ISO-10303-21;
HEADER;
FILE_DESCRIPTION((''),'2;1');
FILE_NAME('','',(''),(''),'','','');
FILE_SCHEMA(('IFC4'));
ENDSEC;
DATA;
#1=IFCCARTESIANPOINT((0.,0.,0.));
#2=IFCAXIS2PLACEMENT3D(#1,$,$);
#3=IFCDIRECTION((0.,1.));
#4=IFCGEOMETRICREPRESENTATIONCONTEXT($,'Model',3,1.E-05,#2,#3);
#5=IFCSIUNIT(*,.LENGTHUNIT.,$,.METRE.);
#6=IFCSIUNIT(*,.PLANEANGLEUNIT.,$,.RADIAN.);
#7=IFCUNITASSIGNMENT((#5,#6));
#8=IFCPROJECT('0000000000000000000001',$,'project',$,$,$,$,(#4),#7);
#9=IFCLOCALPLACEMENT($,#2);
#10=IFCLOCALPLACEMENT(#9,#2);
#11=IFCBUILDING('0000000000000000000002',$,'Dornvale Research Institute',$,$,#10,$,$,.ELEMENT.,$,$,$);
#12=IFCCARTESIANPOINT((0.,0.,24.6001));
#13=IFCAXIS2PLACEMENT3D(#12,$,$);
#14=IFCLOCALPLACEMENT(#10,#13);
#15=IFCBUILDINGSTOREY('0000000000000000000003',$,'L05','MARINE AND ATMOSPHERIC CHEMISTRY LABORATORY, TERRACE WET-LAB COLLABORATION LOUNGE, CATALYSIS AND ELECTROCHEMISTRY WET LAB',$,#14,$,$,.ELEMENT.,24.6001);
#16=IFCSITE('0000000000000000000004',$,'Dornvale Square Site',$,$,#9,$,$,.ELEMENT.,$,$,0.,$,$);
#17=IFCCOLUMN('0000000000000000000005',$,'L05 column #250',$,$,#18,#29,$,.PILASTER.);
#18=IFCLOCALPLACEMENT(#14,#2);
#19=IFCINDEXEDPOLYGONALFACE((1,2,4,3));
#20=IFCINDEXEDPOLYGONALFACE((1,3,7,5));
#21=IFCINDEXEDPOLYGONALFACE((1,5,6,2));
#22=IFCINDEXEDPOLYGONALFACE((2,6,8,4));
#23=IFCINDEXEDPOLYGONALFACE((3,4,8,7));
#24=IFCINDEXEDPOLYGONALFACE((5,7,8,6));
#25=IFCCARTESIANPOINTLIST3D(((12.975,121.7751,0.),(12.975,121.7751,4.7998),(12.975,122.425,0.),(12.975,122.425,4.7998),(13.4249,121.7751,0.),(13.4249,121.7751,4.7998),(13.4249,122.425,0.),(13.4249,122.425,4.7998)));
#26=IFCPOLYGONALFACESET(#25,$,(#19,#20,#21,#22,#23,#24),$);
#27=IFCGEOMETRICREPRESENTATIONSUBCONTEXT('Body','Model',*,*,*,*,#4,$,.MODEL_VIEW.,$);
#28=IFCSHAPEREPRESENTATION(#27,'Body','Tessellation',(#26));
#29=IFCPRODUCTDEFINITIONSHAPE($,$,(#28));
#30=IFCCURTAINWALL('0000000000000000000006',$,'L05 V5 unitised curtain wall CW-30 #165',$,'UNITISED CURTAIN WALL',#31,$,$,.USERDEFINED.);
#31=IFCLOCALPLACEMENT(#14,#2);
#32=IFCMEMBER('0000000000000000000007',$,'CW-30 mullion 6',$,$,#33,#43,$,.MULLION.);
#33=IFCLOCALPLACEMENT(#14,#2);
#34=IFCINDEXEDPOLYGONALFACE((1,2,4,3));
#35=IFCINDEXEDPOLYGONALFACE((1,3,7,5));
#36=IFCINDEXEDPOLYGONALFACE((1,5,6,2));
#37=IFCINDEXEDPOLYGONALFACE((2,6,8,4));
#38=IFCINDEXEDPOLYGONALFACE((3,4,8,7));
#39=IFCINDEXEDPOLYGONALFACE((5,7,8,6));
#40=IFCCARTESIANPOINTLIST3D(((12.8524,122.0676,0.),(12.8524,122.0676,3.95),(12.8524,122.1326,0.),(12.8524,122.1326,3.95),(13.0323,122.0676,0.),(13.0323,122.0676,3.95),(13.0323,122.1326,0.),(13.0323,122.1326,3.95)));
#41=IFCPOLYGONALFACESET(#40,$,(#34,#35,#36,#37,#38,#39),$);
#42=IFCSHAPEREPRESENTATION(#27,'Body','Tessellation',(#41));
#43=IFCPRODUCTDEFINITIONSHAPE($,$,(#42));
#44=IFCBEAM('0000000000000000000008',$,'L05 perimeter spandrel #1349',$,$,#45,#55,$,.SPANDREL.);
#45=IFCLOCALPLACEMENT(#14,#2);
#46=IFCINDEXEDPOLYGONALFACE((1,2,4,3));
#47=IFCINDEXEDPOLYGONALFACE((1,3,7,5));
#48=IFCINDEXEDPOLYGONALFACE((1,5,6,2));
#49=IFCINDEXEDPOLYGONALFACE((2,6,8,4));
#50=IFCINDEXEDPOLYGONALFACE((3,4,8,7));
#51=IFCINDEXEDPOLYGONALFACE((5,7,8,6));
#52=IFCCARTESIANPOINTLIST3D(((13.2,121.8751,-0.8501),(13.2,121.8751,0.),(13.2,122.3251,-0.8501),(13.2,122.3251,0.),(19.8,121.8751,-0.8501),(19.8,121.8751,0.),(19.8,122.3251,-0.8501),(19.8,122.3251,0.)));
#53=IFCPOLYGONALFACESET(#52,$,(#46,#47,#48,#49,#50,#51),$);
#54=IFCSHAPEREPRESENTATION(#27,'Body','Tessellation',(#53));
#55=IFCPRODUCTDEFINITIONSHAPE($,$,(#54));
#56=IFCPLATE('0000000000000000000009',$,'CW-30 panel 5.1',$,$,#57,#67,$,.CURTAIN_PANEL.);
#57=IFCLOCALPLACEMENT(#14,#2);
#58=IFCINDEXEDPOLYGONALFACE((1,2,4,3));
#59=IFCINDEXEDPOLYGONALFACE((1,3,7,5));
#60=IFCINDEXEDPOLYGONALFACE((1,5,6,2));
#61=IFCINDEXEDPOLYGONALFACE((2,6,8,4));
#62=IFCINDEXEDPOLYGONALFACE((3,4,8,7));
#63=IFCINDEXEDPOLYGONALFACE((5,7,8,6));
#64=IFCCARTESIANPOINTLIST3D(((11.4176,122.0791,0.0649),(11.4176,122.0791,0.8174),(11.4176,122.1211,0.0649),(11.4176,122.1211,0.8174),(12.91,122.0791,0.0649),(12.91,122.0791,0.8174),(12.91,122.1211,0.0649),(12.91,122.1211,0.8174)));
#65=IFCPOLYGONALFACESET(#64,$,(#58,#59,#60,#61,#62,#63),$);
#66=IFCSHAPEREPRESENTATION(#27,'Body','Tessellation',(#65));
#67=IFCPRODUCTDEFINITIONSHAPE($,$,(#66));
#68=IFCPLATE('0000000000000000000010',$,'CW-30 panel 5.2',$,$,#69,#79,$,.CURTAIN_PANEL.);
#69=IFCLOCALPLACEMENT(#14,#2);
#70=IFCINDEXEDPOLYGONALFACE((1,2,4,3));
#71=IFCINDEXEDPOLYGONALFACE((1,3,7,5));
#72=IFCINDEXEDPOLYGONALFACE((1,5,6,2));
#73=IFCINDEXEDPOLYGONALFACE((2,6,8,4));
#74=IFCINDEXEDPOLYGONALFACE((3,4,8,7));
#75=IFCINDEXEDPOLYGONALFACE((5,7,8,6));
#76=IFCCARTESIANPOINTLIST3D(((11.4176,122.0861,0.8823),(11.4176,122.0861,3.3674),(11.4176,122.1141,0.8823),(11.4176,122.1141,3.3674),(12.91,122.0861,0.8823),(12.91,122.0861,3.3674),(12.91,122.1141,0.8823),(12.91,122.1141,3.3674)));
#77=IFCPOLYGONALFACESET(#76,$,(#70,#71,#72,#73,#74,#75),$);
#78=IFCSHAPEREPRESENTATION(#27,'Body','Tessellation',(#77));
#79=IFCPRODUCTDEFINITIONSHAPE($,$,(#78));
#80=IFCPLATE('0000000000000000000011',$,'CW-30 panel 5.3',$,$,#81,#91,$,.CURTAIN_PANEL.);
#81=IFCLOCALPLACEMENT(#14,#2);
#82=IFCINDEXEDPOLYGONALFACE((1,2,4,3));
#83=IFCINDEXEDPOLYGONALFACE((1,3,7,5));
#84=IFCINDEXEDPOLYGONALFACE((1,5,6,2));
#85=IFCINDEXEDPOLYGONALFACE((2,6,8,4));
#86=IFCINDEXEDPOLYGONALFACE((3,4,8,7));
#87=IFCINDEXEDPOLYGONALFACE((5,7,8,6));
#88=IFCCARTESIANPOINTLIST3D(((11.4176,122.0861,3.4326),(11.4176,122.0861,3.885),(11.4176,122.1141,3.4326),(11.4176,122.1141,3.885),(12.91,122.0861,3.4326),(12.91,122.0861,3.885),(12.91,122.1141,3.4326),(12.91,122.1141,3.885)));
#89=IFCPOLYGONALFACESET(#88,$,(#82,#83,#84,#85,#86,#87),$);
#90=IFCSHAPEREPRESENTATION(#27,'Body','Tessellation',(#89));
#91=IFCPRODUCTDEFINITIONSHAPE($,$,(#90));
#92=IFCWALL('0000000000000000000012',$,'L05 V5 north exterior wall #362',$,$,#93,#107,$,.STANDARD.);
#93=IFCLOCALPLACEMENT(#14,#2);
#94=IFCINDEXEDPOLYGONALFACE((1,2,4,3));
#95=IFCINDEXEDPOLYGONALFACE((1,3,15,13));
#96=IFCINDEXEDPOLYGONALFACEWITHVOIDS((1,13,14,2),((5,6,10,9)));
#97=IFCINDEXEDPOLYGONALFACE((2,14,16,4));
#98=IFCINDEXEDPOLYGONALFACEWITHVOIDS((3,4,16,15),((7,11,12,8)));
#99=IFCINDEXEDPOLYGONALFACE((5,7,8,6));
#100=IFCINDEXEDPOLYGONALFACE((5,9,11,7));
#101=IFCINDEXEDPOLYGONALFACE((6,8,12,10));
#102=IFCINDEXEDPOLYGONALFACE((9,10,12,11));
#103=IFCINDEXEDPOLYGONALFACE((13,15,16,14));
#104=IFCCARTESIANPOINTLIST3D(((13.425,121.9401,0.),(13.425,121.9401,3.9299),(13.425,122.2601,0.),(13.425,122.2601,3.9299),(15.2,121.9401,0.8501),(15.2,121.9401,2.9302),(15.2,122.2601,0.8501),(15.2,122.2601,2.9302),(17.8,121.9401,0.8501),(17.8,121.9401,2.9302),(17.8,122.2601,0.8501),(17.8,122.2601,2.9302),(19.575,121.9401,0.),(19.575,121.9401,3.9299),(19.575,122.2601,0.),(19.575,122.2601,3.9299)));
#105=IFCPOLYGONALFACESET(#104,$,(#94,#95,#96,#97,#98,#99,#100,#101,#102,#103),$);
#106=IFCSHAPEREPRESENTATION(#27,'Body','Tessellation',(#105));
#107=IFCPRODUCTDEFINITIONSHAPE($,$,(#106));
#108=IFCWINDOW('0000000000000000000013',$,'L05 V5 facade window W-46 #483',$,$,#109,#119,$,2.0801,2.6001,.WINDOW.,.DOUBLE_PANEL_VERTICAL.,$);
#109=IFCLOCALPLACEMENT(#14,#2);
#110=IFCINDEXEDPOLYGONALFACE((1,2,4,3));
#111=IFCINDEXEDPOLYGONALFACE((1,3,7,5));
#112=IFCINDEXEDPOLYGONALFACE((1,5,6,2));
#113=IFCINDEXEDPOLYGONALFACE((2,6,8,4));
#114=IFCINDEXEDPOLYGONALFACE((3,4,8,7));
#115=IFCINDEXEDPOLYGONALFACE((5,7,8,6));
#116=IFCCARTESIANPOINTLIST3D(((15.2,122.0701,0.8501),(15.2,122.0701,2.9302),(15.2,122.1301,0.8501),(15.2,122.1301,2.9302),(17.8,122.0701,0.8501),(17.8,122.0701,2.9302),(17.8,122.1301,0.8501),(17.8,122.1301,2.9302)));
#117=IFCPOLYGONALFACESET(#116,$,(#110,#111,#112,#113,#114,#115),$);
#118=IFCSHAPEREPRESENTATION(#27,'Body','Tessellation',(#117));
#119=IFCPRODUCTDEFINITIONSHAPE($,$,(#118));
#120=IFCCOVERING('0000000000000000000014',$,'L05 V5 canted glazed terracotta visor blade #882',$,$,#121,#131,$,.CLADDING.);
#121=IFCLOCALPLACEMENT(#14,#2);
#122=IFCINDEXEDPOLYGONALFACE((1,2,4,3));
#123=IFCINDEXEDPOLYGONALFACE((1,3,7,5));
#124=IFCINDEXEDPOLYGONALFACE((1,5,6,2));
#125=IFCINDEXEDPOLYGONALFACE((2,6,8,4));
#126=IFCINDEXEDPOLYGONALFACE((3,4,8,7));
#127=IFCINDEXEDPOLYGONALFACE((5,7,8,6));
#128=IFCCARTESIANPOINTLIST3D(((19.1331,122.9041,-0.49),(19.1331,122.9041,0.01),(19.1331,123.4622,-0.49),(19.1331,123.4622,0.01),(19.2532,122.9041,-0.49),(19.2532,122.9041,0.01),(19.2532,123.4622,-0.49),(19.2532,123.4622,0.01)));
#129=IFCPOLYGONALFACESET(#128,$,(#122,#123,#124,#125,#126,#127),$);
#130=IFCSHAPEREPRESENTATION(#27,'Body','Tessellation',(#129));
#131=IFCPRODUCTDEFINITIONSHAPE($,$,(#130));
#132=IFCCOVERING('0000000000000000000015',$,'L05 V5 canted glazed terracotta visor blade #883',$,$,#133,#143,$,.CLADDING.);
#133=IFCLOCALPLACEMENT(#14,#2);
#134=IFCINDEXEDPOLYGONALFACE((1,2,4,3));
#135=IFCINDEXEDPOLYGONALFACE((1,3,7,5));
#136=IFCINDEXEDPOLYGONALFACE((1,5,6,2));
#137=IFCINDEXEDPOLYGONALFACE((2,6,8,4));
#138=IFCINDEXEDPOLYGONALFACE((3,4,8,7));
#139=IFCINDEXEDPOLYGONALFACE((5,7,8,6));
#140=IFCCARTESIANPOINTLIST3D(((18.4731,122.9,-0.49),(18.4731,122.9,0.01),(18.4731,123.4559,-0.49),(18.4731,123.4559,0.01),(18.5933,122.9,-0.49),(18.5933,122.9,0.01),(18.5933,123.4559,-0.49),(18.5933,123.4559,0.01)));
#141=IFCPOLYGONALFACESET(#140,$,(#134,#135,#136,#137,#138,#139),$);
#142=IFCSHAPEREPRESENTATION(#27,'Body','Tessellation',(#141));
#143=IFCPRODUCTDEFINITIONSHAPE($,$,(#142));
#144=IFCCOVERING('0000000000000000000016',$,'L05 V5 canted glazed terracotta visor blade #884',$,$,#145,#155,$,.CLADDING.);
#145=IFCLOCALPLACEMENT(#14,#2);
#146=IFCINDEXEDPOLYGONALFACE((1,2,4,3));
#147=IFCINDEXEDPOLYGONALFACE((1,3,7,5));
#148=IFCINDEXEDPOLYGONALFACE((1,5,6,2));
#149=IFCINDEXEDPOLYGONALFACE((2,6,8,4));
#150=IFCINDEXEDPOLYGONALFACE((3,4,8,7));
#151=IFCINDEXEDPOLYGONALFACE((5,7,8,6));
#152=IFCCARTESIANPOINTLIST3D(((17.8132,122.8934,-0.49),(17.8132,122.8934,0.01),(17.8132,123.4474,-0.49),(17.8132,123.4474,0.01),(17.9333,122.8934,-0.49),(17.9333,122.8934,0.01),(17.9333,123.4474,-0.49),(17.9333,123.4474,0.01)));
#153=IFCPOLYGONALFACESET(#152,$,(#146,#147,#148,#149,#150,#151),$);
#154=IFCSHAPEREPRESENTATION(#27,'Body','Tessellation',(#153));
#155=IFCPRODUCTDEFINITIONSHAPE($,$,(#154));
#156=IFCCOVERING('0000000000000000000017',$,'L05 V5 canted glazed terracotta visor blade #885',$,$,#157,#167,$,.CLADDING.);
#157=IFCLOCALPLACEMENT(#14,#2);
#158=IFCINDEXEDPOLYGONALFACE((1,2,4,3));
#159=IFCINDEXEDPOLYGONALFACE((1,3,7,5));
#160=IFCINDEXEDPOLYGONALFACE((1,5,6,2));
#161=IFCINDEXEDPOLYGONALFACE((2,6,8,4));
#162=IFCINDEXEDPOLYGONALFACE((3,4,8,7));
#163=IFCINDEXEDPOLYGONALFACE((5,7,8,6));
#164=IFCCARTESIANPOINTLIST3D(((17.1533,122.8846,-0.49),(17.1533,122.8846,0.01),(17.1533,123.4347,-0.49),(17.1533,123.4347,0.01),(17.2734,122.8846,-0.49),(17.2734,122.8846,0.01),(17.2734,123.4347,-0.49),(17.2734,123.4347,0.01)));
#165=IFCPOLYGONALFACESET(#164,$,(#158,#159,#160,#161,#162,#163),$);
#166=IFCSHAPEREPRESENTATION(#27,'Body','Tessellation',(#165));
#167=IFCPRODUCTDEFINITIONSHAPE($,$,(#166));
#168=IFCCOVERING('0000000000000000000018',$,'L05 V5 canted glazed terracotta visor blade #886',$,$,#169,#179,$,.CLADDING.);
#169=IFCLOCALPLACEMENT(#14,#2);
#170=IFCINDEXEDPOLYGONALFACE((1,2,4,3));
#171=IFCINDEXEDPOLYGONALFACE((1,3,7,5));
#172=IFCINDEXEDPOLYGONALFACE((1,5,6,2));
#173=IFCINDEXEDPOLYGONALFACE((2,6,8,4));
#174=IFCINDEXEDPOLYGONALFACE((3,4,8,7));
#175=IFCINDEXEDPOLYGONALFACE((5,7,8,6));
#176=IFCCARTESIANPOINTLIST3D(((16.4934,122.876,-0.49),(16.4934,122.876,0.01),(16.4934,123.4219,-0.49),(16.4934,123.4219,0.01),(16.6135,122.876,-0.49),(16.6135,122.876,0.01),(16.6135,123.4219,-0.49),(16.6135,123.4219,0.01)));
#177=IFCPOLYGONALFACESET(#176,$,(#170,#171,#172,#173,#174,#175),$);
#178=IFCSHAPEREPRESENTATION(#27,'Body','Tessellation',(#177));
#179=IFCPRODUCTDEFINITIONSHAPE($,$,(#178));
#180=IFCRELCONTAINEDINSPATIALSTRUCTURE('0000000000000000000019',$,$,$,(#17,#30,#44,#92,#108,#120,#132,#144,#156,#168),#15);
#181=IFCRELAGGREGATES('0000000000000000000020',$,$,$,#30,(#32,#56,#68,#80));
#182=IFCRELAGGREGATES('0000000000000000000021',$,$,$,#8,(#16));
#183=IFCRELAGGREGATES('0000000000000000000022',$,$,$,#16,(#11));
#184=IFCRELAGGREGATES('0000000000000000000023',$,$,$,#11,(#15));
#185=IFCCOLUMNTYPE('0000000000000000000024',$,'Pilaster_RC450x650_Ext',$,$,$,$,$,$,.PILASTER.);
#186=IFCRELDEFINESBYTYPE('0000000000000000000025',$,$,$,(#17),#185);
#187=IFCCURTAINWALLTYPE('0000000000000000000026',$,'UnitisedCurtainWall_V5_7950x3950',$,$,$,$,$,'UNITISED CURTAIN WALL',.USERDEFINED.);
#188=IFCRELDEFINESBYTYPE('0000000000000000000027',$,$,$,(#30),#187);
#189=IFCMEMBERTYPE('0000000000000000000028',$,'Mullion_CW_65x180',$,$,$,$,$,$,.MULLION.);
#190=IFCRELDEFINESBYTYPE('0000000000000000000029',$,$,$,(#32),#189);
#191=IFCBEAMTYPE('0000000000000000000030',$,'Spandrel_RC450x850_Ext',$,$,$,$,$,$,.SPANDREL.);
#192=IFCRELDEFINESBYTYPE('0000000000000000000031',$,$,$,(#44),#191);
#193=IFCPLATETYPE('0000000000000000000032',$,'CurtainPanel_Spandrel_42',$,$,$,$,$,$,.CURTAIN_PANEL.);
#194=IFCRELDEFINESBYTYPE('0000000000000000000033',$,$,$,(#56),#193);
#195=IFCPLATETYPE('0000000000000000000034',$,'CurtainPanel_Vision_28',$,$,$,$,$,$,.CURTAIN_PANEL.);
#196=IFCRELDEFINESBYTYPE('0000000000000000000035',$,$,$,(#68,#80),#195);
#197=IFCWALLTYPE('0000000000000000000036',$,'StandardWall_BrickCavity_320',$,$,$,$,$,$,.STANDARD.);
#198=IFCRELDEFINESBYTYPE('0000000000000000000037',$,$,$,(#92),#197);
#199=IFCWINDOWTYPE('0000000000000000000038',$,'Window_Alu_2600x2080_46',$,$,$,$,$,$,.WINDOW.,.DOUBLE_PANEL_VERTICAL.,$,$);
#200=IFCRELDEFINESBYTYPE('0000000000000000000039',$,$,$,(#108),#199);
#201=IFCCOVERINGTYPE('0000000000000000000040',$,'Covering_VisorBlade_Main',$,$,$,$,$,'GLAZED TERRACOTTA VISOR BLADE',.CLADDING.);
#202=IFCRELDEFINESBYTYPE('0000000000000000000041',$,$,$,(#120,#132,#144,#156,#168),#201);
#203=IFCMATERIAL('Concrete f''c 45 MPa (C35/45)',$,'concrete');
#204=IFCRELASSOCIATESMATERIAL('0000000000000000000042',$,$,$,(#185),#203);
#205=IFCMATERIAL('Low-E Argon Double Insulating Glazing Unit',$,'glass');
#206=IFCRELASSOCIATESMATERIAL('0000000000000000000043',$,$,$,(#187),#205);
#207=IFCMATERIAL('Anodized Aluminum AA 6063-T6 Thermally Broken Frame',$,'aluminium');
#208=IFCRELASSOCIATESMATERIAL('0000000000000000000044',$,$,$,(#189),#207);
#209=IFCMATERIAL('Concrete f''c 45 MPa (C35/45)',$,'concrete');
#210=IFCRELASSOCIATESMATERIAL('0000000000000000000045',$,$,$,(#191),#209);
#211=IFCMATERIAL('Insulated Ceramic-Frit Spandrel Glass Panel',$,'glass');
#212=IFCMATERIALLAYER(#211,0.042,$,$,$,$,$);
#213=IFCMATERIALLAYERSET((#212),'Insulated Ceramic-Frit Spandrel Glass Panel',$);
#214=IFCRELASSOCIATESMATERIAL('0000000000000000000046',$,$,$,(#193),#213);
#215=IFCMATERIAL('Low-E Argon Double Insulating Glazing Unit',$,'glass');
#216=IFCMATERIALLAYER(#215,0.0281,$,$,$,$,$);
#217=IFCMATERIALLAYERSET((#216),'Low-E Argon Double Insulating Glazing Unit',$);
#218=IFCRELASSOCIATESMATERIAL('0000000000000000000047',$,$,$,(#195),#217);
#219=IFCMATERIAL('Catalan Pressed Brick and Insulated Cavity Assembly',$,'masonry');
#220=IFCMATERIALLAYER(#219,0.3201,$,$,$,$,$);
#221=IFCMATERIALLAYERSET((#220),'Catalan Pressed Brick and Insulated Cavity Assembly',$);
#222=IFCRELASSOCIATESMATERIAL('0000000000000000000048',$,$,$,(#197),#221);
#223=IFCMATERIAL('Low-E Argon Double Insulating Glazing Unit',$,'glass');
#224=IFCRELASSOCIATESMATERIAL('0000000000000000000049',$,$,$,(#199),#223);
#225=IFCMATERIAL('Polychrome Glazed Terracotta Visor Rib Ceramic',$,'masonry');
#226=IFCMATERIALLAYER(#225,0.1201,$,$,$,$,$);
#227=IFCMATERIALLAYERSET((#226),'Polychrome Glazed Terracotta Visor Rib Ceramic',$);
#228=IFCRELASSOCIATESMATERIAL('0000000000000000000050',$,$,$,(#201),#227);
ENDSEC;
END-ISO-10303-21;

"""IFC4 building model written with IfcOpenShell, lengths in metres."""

from ifc_helpers import new_model, si_unit, direction, frame, frame_2d, origin, origin_2d, place, context, subcontext, project, spatial, rectangle, extrude, material, layer, layer_set, material_profile, profile_set, type_object, element, fill, aggregate, save


model = new_model("IFC4")

# Units and contexts
model_context = context("Model", 3, precision=1e-05, world=origin(), true_north=direction((0.0, 1.0)))
body_context = subcontext(model_context, "Body", "Model", "MODEL_VIEW")
ifc_project = project(units=[si_unit("LENGTHUNIT", "METRE"), si_unit("PLANEANGLEUNIT", "RADIAN")], contexts=[model_context])

# Site, building, storey
site_placement = place(None, origin())
site = spatial("IfcSite", under=ifc_project, at=site_placement, Name="Dornvale Square Site", CompositionType="ELEMENT", RefElevation=0.0)
building_placement = place(site_placement, origin())
building = spatial("IfcBuilding", under=site, at=building_placement, Name="Dornvale Research Institute", CompositionType="ELEMENT")
storey_placement = place(building_placement, frame((0.0, 0.0, 24.6001)))
storey = spatial("IfcBuildingStorey", under=building, at=storey_placement, Name="L05", Description="MARINE AND ATMOSPHERIC CHEMISTRY LABORATORY, TERRACE WET-LAB COLLABORATION LOUNGE, CATALYSIS AND ELECTROCHEMISTRY WET LAB", CompositionType="ELEMENT", Elevation=24.6001)

# Column
ifc_material_1 = material(Name="Concrete f'c 45 MPa (C35/45)", Category="concrete")
ifc_material_profile_1 = material_profile(ifc_material_1, rectangle(XDim=0.45, YDim=0.6499, at=origin_2d()), Name="RC 450x650")
ifc_profile_set_1 = profile_set([ifc_material_profile_1], Name="Concrete f'c 45 MPa (C35/45)")
column_type = type_object("IfcColumnType", Name="Pilaster_RC450x650_Ext", PredefinedType="PILASTER", material=ifc_profile_set_1)
column_placement = place(storey_placement, frame((13.2, 122.1001, 0.0), z_axis=(0.0, 0.0, 1.0), x_axis=(1.0, 0.0, 0.0)))
element("IfcColumn", 1, at=column_placement, inside=storey, type_object=column_type, Name="L05 column #250", PredefinedType="PILASTER", context=body_context, shape_type="SweptSolid", body=[
    extrude(rectangle(XDim=0.45, YDim=0.6499, at=origin_2d()), origin(), (0.0, 0.0, 1.0), 4.7998),
])

# Curtain wall, member
ifc_material_2 = material(Name="Low-E Argon Double Insulating Glazing Unit", Category="glass")
curtain_wall_type = type_object("IfcCurtainWallType", Name="UnitisedCurtainWall_V5_7950x3950", ElementType="UNITISED CURTAIN WALL", PredefinedType="USERDEFINED", material=ifc_material_2)
curtain_wall_placement = place(storey_placement, origin())
curtain_wall = element("IfcCurtainWall", 2, at=curtain_wall_placement, inside=storey, type_object=curtain_wall_type, Name="L05 V5 unitised curtain wall CW-30 #165", ObjectType="UNITISED CURTAIN WALL", PredefinedType="USERDEFINED")
ifc_material_3 = material(Name="Anodized Aluminum AA 6063-T6 Thermally Broken Frame", Category="aluminium")
ifc_material_profile_2 = material_profile(ifc_material_3, rectangle(XDim=0.0649, YDim=0.1799, at=origin_2d()), Name="ALU MULLION 65x180")
ifc_profile_set_2 = profile_set([ifc_material_profile_2], Name="Anodized Aluminum AA 6063-T6 Thermally Broken Frame")
member_type = type_object("IfcMemberType", Name="Mullion_CW_65x180", PredefinedType="MULLION", material=ifc_profile_set_2)
member_placement = place(storey_placement, frame((12.9424, 122.1001, 0.0), z_axis=(0.0, 0.0, 1.0), x_axis=(0.0, 1.0, 0.0)))
member = element("IfcMember", 3, at=member_placement, type_object=member_type, Name="CW-30 mullion 6", PredefinedType="MULLION", context=body_context, shape_type="SweptSolid", body=[
    extrude(rectangle(XDim=0.0649, YDim=0.1799, at=origin_2d()), origin(), (0.0, 0.0, 1.0), 3.95),
])

# Beam
ifc_material_4 = material(Name="Concrete f'c 45 MPa (C35/45)", Category="concrete")
ifc_material_profile_3 = material_profile(ifc_material_4, rectangle(XDim=0.45, YDim=0.8501, at=origin_2d()), Name="RC 450x850")
ifc_profile_set_3 = profile_set([ifc_material_profile_3], Name="Concrete f'c 45 MPa (C35/45)")
beam_type = type_object("IfcBeamType", Name="Spandrel_RC450x850_Ext", PredefinedType="SPANDREL", material=ifc_profile_set_3)
beam_placement = place(storey_placement, frame((13.2, 122.1001, -0.425), z_axis=(1.0, 0.0, 0.0), x_axis=(0.0, 1.0, 0.0)))
element("IfcBeam", 4, at=beam_placement, inside=storey, type_object=beam_type, Name="L05 perimeter spandrel #1349", PredefinedType="SPANDREL", context=body_context, shape_type="SweptSolid", body=[
    extrude(rectangle(XDim=0.45, YDim=0.8501, at=origin_2d()), origin(), (0.0, 0.0, 1.0), 6.6001),
])

# Plates
ifc_material_5 = material(Name="Insulated Ceramic-Frit Spandrel Glass Panel", Category="glass")
ifc_layer_1 = layer(ifc_material_5, 0.042)
ifc_layer_set_1 = layer_set([ifc_layer_1], Name="Insulated Ceramic-Frit Spandrel Glass Panel")
plate_type_1 = type_object("IfcPlateType", Name="CurtainPanel_Spandrel_42", PredefinedType="CURTAIN_PANEL", material=ifc_layer_set_1)
plate_1_placement = place(storey_placement, frame((12.1638, 122.1001, 0.0649), z_axis=(0.0, 0.0, 1.0), x_axis=(1.0, 0.0, 0.0)))
plate_1 = element("IfcPlate", 5, at=plate_1_placement, type_object=plate_type_1, Name="CW-30 panel 5.1", PredefinedType="CURTAIN_PANEL", context=body_context, shape_type="SweptSolid", body=[
    extrude(rectangle(XDim=1.4924, YDim=0.042, at=origin_2d()), origin(), (0.0, 0.0, 1.0), 0.7524),
])
ifc_material_6 = material(Name="Low-E Argon Double Insulating Glazing Unit", Category="glass")
ifc_layer_2 = layer(ifc_material_6, 0.0281)
ifc_layer_set_2 = layer_set([ifc_layer_2], Name="Low-E Argon Double Insulating Glazing Unit")
plate_type_2 = type_object("IfcPlateType", Name="CurtainPanel_Vision_28", PredefinedType="CURTAIN_PANEL", material=ifc_layer_set_2)
plate_2_placement = place(storey_placement, frame((12.1638, 122.1001, 0.8823), z_axis=(0.0, 0.0, 1.0), x_axis=(1.0, 0.0, 0.0)))
plate_2 = element("IfcPlate", 6, at=plate_2_placement, type_object=plate_type_2, Name="CW-30 panel 5.2", PredefinedType="CURTAIN_PANEL", context=body_context, shape_type="SweptSolid", body=[
    extrude(rectangle(XDim=1.4924, YDim=0.0281, at=origin_2d()), origin(), (0.0, 0.0, 1.0), 2.4851),
])
plate_3_placement = place(storey_placement, frame((12.1638, 122.1001, 3.4326), z_axis=(0.0, 0.0, 1.0), x_axis=(1.0, 0.0, 0.0)))
plate_3 = element("IfcPlate", 7, at=plate_3_placement, type_object=plate_type_2, Name="CW-30 panel 5.3", PredefinedType="CURTAIN_PANEL", context=body_context, shape_type="SweptSolid", body=[
    extrude(rectangle(XDim=1.4924, YDim=0.0281, at=origin_2d()), origin(), (0.0, 0.0, 1.0), 0.4524),
])
aggregate(curtain_wall, [member, plate_1, plate_2, plate_3])

# Wall, opening, window
ifc_material_7 = material(Name="Catalan Pressed Brick and Insulated Cavity Assembly", Category="masonry")
ifc_layer_3 = layer(ifc_material_7, 0.3201)
ifc_layer_set_3 = layer_set([ifc_layer_3], Name="Catalan Pressed Brick and Insulated Cavity Assembly")
wall_type = type_object("IfcWallType", Name="StandardWall_BrickCavity_320", PredefinedType="STANDARD", material=ifc_layer_set_3)
wall_placement = place(storey_placement, frame((13.425, 122.1001, 0.0), z_axis=(0.0, 0.0, 1.0), x_axis=(1.0, 0.0, 0.0)))
wall = element("IfcWall", 8, at=wall_placement, inside=storey, type_object=wall_type, Name="L05 V5 north exterior wall #362", PredefinedType="STANDARD", context=body_context, shape_type="SweptSolid", body=[
    extrude(rectangle(XDim=6.1499, YDim=0.3201, at=frame_2d((3.075, 0.0))), origin(), (0.0, 0.0, 1.0), 3.9299),
])
opening_placement = place(wall_placement, frame((1.7749, 0.0, 0.8501)))
opening = element("IfcOpeningElement", 9, at=opening_placement, cuts=wall, PredefinedType="OPENING", context=body_context, shape_type="SweptSolid", body=[
    extrude(rectangle(XDim=2.6001, YDim=2.0801, at=frame_2d((1.3, 1.04))), frame((0.0, 0.175, 0.0), z_axis=(0.0, -1.0, 0.0), x_axis=(1.0, 0.0, 0.0)), (0.0, 0.0, 1.0), 0.3501),
])
ifc_material_8 = material(Name="Low-E Argon Double Insulating Glazing Unit", Category="glass")
window_type = type_object("IfcWindowType", Name="Window_Alu_2600x2080_46", PartitioningType="DOUBLE_PANEL_VERTICAL", PredefinedType="WINDOW", material=ifc_material_8)
window_placement = place(opening_placement, origin())
window = element("IfcWindow", 10, at=window_placement, inside=storey, type_object=window_type, Name="L05 V5 facade window W-46 #483", OverallHeight=2.0801, OverallWidth=2.6001, PartitioningType="DOUBLE_PANEL_VERTICAL", PredefinedType="WINDOW", context=body_context, shape_type="SweptSolid", body=[
    extrude(rectangle(XDim=2.6001, YDim=2.0801, at=frame_2d((1.3, 1.04))), frame((0.0, 0.03, 0.0), z_axis=(0.0, -1.0, 0.0), x_axis=(1.0, 0.0, 0.0)), (0.0, 0.0, 1.0), 0.0601),
])
fill(opening, window)

# Coverings
ifc_material_9 = material(Name="Polychrome Glazed Terracotta Visor Rib Ceramic", Category="masonry")
ifc_layer_4 = layer(ifc_material_9, 0.1201)
ifc_layer_set_4 = layer_set([ifc_layer_4], Name="Polychrome Glazed Terracotta Visor Rib Ceramic")
covering_type = type_object("IfcCoveringType", Name="Covering_VisorBlade_Main", ElementType="GLAZED TERRACOTTA VISOR BLADE", PredefinedType="CLADDING", material=ifc_layer_set_4)
covering_1_placement = place(storey_placement, frame((19.1931, 123.1831, -0.49), z_axis=(0.0, 0.0, 1.0), x_axis=(0.0, 1.0, 0.0)))
element("IfcCovering", 11, at=covering_1_placement, inside=storey, type_object=covering_type, Name="L05 V5 canted glazed terracotta visor blade #882", PredefinedType="CLADDING", context=body_context, shape_type="SweptSolid", body=[
    extrude(rectangle(XDim=0.5581, YDim=0.1201, at=origin_2d()), origin(), (0.0, 0.0, 1.0), 0.5),
])
covering_2_placement = place(storey_placement, frame((18.5332, 123.178, -0.49), z_axis=(0.0, 0.0, 1.0), x_axis=(0.0, 1.0, 0.0)))
element("IfcCovering", 12, at=covering_2_placement, inside=storey, type_object=covering_type, Name="L05 V5 canted glazed terracotta visor blade #883", PredefinedType="CLADDING", context=body_context, shape_type="SweptSolid", body=[
    extrude(rectangle(XDim=0.5559, YDim=0.1201, at=origin_2d()), origin(), (0.0, 0.0, 1.0), 0.5),
])
covering_3_placement = place(storey_placement, frame((17.8733, 123.1704, -0.49), z_axis=(0.0, 0.0, 1.0), x_axis=(0.0, 1.0, 0.0)))
element("IfcCovering", 13, at=covering_3_placement, inside=storey, type_object=covering_type, Name="L05 V5 canted glazed terracotta visor blade #884", PredefinedType="CLADDING", context=body_context, shape_type="SweptSolid", body=[
    extrude(rectangle(XDim=0.554, YDim=0.1201, at=origin_2d()), origin(), (0.0, 0.0, 1.0), 0.5),
])
covering_4_placement = place(storey_placement, frame((17.2134, 123.1597, -0.49), z_axis=(0.0, 0.0, 1.0), x_axis=(0.0, 1.0, 0.0)))
element("IfcCovering", 14, at=covering_4_placement, inside=storey, type_object=covering_type, Name="L05 V5 canted glazed terracotta visor blade #885", PredefinedType="CLADDING", context=body_context, shape_type="SweptSolid", body=[
    extrude(rectangle(XDim=0.55, YDim=0.1201, at=origin_2d()), origin(), (0.0, 0.0, 1.0), 0.5),
])
covering_5_placement = place(storey_placement, frame((16.5535, 123.1489, -0.49), z_axis=(0.0, 0.0, 1.0), x_axis=(0.0, 1.0, 0.0)))
element("IfcCovering", 15, at=covering_5_placement, inside=storey, type_object=covering_type, Name="L05 V5 canted glazed terracotta visor blade #886", PredefinedType="CLADDING", context=body_context, shape_type="SweptSolid", body=[
    extrude(rectangle(XDim=0.5459, YDim=0.1201, at=origin_2d()), origin(), (0.0, 0.0, 1.0), 0.5),
])

save(model, "model.ifc")
